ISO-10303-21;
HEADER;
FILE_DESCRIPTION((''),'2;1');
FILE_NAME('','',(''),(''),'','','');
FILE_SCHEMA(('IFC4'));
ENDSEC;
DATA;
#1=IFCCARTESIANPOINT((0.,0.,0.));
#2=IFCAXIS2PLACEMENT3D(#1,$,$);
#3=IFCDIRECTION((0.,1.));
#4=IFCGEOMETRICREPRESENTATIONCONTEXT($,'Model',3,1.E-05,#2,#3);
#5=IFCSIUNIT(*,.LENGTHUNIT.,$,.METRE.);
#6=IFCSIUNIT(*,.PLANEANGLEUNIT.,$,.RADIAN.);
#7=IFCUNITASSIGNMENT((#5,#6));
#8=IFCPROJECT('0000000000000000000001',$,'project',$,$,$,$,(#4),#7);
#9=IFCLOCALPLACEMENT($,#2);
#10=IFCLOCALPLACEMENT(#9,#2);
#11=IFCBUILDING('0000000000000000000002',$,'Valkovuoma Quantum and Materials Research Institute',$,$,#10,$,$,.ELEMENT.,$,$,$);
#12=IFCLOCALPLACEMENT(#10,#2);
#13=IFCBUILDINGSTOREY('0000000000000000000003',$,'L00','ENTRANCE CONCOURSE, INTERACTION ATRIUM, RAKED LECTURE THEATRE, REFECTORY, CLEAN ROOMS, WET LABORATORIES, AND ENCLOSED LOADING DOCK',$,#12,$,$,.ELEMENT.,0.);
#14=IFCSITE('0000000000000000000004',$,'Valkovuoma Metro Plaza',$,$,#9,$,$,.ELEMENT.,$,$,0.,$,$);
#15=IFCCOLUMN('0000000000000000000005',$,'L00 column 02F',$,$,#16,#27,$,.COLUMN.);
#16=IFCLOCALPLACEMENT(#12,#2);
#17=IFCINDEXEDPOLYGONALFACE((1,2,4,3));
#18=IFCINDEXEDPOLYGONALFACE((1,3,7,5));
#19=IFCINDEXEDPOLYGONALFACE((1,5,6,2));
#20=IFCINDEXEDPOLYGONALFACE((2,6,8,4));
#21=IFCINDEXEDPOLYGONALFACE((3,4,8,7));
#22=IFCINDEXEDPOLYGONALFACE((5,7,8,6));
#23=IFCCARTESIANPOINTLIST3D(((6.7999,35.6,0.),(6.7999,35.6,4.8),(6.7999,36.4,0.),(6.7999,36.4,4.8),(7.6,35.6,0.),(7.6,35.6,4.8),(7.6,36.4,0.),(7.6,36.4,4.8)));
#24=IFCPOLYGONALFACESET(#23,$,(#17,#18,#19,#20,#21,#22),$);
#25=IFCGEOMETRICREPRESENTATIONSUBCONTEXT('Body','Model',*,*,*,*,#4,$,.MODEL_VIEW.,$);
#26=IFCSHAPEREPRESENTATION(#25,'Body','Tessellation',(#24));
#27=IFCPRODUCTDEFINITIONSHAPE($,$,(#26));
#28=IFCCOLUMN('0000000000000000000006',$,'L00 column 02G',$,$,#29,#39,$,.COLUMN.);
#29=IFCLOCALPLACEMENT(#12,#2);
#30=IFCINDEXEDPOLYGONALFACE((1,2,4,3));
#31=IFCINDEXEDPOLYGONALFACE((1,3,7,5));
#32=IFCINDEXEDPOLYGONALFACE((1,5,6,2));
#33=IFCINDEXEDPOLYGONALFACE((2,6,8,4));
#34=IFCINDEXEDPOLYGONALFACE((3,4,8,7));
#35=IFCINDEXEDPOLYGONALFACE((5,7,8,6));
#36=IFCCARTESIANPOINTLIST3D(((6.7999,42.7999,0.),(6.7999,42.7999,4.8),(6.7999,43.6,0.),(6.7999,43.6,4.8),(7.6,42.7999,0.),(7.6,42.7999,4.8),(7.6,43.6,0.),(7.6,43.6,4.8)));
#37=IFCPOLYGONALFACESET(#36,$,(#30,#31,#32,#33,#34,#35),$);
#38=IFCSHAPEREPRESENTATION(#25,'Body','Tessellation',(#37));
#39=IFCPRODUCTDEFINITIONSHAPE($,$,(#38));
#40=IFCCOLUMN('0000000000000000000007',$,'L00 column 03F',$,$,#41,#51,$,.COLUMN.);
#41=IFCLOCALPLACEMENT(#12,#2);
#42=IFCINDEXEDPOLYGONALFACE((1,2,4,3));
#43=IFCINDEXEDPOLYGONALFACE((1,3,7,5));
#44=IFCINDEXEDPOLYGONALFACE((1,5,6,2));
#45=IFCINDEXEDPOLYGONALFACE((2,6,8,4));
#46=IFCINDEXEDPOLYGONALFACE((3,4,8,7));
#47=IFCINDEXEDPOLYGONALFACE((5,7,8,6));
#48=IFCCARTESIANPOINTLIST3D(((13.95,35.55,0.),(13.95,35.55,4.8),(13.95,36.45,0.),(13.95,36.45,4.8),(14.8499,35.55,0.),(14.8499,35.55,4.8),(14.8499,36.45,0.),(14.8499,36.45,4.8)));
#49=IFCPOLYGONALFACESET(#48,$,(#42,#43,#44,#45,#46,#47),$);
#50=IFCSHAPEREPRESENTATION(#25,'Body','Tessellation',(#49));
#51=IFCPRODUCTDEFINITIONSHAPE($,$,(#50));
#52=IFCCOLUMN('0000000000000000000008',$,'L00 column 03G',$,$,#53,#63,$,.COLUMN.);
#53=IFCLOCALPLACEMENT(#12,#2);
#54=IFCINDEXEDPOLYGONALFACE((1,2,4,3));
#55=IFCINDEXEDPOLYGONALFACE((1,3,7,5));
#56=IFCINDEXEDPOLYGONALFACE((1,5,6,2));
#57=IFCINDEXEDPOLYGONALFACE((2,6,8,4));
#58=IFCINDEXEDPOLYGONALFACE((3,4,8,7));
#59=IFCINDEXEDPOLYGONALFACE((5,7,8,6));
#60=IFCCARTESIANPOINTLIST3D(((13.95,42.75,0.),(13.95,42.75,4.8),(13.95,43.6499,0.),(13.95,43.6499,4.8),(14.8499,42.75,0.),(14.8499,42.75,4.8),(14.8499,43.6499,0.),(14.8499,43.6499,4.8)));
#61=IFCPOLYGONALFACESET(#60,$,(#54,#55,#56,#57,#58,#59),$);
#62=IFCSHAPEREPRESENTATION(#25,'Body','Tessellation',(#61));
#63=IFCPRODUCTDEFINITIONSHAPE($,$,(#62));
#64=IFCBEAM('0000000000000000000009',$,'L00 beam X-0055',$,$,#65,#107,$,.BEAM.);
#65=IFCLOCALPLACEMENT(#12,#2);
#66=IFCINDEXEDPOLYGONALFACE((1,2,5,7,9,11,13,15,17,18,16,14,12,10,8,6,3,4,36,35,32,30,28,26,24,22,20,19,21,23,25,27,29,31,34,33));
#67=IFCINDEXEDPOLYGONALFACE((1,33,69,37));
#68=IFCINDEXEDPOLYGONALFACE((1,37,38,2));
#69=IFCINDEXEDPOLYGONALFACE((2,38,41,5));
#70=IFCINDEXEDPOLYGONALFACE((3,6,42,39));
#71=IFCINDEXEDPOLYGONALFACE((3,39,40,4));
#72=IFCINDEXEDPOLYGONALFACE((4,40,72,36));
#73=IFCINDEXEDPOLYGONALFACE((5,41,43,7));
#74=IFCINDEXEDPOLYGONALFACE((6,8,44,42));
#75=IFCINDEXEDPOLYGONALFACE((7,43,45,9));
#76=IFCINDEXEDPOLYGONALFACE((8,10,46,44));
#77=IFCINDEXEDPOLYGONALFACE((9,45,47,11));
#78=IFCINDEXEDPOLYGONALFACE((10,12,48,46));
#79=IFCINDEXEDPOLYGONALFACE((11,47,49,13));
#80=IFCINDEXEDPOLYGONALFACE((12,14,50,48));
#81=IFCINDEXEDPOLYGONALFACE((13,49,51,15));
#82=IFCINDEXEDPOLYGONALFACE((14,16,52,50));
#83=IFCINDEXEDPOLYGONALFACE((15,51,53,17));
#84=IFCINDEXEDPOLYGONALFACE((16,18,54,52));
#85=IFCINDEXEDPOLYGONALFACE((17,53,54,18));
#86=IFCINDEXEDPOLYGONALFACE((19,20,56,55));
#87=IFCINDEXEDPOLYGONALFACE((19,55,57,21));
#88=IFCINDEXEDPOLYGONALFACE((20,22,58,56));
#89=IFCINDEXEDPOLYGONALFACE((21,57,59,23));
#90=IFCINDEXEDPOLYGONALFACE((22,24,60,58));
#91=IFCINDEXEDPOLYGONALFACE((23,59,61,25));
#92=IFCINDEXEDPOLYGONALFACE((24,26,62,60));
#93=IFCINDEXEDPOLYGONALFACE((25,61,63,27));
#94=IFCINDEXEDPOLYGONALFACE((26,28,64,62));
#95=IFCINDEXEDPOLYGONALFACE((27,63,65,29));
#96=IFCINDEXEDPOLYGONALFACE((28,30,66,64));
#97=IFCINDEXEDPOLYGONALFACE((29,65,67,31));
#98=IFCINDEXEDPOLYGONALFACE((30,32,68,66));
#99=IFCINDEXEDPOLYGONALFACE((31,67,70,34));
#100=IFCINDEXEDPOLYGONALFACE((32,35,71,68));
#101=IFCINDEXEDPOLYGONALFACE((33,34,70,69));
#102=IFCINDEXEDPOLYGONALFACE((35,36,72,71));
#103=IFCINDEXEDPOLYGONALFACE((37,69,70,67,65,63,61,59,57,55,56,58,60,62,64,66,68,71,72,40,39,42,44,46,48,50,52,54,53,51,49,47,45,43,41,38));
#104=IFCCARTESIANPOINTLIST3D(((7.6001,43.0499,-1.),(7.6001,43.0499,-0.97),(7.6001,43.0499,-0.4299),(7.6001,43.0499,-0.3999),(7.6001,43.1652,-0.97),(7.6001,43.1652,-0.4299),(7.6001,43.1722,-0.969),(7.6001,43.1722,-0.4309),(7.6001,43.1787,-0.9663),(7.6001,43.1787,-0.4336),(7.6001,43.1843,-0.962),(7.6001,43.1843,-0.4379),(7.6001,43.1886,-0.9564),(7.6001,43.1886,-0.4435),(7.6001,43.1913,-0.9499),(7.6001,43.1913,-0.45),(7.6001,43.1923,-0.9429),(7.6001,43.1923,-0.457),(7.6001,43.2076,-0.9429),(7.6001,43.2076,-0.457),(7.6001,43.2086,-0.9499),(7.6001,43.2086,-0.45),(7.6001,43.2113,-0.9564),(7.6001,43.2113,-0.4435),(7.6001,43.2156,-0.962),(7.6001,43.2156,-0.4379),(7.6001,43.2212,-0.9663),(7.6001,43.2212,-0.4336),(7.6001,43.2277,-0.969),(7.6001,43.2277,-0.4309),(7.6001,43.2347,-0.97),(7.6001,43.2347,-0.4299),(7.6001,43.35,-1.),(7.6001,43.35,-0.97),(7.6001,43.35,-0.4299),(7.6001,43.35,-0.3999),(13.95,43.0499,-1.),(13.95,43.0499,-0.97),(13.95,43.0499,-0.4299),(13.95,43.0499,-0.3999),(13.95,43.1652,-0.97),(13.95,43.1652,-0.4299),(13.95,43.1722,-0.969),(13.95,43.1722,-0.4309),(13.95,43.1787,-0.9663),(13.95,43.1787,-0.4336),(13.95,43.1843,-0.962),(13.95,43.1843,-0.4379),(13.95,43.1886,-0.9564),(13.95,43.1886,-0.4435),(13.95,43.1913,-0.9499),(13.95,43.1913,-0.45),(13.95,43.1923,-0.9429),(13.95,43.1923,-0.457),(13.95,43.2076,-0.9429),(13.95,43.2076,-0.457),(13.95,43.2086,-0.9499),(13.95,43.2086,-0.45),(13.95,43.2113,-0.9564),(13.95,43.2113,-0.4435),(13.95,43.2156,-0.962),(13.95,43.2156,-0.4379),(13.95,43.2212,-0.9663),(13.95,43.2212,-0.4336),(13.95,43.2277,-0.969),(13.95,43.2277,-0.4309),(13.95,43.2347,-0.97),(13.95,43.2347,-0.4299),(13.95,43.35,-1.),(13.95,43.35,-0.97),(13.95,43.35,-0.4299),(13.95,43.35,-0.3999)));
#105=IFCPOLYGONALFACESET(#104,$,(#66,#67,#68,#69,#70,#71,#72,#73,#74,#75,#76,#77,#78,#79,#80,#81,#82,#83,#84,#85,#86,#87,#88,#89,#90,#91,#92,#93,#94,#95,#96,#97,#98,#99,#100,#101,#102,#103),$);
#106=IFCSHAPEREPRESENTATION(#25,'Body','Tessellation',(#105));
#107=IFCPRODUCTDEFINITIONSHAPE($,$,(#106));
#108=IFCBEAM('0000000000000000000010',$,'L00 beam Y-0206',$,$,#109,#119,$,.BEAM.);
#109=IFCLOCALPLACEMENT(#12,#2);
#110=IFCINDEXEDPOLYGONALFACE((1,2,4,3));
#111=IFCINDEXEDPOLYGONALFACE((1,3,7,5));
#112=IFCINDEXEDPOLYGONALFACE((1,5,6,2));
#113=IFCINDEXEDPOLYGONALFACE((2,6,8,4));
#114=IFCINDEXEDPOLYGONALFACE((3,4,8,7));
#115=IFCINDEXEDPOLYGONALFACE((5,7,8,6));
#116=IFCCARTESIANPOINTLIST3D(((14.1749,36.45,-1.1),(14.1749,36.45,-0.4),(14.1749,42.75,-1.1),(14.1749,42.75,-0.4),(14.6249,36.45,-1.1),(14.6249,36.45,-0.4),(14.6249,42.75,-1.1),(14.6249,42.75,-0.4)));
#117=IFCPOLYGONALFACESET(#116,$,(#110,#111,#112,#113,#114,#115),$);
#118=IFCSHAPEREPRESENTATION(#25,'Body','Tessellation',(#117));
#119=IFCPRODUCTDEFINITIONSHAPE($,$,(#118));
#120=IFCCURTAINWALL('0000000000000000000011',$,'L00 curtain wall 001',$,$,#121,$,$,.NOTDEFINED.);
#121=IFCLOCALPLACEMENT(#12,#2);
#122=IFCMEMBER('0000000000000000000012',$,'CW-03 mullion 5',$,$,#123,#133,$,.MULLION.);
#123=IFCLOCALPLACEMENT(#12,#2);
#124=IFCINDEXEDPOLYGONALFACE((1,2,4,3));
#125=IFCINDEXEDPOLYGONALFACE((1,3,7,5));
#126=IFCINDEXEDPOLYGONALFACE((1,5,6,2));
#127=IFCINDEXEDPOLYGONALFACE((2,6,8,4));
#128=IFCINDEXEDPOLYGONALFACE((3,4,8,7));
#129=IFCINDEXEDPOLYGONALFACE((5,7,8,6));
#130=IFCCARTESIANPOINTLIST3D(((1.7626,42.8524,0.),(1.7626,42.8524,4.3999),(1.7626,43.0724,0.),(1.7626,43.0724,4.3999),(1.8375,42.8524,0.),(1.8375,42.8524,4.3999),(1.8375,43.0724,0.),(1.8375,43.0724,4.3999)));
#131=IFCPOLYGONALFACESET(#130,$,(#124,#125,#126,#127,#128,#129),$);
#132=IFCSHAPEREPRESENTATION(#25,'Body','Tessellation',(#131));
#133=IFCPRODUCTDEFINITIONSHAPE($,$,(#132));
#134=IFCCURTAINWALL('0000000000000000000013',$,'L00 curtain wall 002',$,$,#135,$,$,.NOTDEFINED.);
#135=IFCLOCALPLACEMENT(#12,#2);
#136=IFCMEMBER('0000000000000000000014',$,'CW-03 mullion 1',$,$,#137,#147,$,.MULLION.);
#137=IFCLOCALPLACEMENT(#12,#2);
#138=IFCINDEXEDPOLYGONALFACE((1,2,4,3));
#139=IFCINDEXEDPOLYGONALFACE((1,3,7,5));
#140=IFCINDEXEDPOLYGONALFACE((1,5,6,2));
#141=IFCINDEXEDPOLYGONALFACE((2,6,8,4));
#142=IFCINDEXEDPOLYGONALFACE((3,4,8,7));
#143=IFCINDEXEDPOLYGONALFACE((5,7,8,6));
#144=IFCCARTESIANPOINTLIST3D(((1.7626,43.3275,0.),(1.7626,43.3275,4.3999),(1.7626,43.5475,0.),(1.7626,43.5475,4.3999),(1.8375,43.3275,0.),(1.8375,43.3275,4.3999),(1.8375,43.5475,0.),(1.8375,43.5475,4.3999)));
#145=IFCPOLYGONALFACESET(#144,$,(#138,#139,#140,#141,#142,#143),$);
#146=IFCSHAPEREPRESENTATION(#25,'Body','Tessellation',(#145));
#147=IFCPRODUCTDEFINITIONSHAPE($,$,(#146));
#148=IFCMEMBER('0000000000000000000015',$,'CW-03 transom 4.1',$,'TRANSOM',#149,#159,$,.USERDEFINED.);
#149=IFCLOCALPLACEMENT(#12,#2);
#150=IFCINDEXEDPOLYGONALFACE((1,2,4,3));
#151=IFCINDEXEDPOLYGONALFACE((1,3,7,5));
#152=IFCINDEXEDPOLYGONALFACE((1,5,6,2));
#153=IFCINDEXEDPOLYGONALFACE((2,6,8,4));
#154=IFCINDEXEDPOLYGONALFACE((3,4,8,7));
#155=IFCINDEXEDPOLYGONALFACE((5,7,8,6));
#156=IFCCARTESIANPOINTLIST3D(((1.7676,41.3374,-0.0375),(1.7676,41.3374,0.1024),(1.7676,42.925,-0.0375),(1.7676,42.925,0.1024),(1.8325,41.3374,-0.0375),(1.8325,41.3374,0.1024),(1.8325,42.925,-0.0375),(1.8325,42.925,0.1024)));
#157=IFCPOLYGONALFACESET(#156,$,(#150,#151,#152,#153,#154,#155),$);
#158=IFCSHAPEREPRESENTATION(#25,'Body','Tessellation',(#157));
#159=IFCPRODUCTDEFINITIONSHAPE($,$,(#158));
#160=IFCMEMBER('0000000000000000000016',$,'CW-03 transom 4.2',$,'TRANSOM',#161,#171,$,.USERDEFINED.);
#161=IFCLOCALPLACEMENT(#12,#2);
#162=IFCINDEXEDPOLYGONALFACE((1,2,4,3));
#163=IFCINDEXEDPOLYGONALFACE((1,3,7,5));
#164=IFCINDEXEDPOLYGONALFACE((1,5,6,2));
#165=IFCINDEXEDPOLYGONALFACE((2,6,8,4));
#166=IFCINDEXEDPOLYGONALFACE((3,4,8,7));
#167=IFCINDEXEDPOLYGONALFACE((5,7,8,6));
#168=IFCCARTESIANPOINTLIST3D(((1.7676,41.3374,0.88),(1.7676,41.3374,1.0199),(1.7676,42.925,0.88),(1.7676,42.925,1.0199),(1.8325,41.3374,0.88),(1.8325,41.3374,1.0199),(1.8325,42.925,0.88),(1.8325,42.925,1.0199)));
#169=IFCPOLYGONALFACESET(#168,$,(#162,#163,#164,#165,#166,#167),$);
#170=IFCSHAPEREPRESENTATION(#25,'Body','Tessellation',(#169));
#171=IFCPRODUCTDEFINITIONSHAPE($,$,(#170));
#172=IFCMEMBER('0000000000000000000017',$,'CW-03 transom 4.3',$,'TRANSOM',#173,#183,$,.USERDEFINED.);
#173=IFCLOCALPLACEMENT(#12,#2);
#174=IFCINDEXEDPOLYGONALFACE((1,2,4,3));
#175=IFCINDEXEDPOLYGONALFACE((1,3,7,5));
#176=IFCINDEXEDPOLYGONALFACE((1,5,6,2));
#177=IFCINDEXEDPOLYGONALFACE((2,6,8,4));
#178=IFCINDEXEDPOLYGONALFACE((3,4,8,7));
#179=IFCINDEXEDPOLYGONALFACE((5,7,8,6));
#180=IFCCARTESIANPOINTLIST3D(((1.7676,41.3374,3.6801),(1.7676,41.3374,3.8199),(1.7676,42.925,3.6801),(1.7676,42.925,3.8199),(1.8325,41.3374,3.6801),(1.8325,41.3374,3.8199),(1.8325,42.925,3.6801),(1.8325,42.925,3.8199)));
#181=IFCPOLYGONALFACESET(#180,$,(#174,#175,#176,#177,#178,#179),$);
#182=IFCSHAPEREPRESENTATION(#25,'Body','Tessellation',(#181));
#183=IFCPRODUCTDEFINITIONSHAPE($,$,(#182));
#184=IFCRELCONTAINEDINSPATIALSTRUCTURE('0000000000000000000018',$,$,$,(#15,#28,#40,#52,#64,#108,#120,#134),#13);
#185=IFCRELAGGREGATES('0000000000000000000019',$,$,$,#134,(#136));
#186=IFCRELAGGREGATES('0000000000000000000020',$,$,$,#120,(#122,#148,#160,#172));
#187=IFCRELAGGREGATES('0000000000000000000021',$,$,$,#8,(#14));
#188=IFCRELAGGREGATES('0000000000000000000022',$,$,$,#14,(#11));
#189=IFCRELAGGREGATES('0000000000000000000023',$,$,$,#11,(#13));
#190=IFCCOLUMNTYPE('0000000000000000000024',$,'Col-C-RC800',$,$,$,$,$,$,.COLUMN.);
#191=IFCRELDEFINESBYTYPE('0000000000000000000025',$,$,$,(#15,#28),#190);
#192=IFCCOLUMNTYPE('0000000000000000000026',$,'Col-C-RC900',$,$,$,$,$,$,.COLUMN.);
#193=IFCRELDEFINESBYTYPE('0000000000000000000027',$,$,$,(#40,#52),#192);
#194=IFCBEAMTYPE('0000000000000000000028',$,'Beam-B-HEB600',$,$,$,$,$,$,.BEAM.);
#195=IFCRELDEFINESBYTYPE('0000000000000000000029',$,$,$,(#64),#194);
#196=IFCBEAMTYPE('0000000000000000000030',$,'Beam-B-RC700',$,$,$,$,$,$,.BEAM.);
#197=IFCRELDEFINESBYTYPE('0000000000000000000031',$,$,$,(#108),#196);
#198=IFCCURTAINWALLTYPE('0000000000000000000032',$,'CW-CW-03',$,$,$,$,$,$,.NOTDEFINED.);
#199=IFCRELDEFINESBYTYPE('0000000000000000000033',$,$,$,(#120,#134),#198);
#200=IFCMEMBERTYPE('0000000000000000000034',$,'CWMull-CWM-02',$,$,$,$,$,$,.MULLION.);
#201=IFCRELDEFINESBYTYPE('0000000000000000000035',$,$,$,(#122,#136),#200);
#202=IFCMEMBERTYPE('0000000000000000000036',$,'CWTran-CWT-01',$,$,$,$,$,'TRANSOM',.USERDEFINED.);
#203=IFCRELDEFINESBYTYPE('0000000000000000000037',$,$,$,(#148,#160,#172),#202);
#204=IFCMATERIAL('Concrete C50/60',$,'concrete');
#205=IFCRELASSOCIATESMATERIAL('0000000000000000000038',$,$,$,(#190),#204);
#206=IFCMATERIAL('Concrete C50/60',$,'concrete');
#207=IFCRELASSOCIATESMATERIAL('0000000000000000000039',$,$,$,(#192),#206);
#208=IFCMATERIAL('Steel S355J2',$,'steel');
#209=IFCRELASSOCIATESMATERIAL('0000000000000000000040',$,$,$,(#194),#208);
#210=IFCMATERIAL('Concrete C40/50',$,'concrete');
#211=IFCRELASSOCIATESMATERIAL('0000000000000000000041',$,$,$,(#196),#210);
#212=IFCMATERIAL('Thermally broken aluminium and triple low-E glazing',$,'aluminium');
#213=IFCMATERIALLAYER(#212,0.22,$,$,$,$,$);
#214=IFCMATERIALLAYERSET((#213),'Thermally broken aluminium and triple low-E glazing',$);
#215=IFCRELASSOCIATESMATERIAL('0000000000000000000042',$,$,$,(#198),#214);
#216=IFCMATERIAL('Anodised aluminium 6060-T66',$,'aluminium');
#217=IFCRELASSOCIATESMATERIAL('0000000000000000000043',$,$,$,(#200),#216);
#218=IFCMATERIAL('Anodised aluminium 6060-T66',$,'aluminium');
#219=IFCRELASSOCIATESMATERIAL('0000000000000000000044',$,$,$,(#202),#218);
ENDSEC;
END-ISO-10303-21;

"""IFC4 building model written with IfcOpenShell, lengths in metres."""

from ifc_helpers import new_model, si_unit, direction, frame, origin, origin_2d, place, context, subcontext, project, spatial, rectangle, i_section, extrude, material, layer, layer_set, material_profile, profile_set, type_object, element, aggregate, save


model = new_model("IFC4")

# Units and contexts
model_context = context("Model", 3, precision=1e-05, world=origin(), true_north=direction((0.0, 1.0)))
body_context = subcontext(model_context, "Body", "Model", "MODEL_VIEW")
ifc_project = project(units=[si_unit("LENGTHUNIT", "METRE"), si_unit("PLANEANGLEUNIT", "RADIAN")], contexts=[model_context])

# Site, building, storey
site_placement = place(None, origin())
site = spatial("IfcSite", under=ifc_project, at=site_placement, Name="Valkovuoma Metro Plaza", CompositionType="ELEMENT", RefElevation=0.0)
building_placement = place(site_placement, origin())
building = spatial("IfcBuilding", under=site, at=building_placement, Name="Valkovuoma Quantum and Materials Research Institute", CompositionType="ELEMENT")
storey_placement = place(building_placement, origin())
storey = spatial("IfcBuildingStorey", under=building, at=storey_placement, Name="L00", Description="ENTRANCE CONCOURSE, INTERACTION ATRIUM, RAKED LECTURE THEATRE, REFECTORY, CLEAN ROOMS, WET LABORATORIES, AND ENCLOSED LOADING DOCK", CompositionType="ELEMENT", Elevation=0.0)

# Columns
ifc_material_1 = material(Name="Concrete C50/60", Category="concrete")
ifc_material_profile_1 = material_profile(ifc_material_1, rectangle(XDim=0.8, YDim=0.8, at=origin_2d()), Name="Concrete C50/60")
ifc_profile_set_1 = profile_set([ifc_material_profile_1], Name="Concrete C50/60")
column_type_1 = type_object("IfcColumnType", Name="Col-C-RC800", PredefinedType="COLUMN", material=ifc_profile_set_1)
for number, where, z_axis, x_axis, name in (
    (1, (7.2, 36.0, 0.0), (0.0, 0.0, 1.0), (1.0, 0.0, 0.0), "L00 column 02F"),
    (2, (7.2, 43.2, 0.0), (0.0, 0.0, 1.0), (1.0, 0.0, 0.0), "L00 column 02G"),
):
    element("IfcColumn", number, at=place(storey_placement, frame(where, z_axis=z_axis, x_axis=x_axis)), inside=storey, type_object=column_type_1, Name=name, PredefinedType="COLUMN", context=body_context, shape_type="SweptSolid", body=[
        extrude(rectangle(XDim=0.8, YDim=0.8, at=origin_2d()), origin(), (0.0, 0.0, 1.0), 4.8),
    ])
ifc_material_2 = material(Name="Concrete C50/60", Category="concrete")
ifc_material_profile_2 = material_profile(ifc_material_2, rectangle(XDim=0.8999, YDim=0.8999, at=origin_2d()), Name="Concrete C50/60")
ifc_profile_set_2 = profile_set([ifc_material_profile_2], Name="Concrete C50/60")
column_type_2 = type_object("IfcColumnType", Name="Col-C-RC900", PredefinedType="COLUMN", material=ifc_profile_set_2)
for number, where, z_axis, x_axis, name in (
    (3, (14.3999, 36.0, 0.0), (0.0, 0.0, 1.0), (1.0, 0.0, 0.0), "L00 column 03F"),
    (4, (14.3999, 43.2, 0.0), (0.0, 0.0, 1.0), (1.0, 0.0, 0.0), "L00 column 03G"),
):
    element("IfcColumn", number, at=place(storey_placement, frame(where, z_axis=z_axis, x_axis=x_axis)), inside=storey, type_object=column_type_2, Name=name, PredefinedType="COLUMN", context=body_context, shape_type="SweptSolid", body=[
        extrude(rectangle(XDim=0.8999, YDim=0.8999, at=origin_2d()), origin(), (0.0, 0.0, 1.0), 4.8),
    ])

# Beams
ifc_material_3 = material(Name="Steel S355J2", Category="steel")
ifc_material_profile_3 = material_profile(ifc_material_3, i_section(OverallWidth=0.3, OverallDepth=0.6001, WebThickness=0.0154, FlangeThickness=0.03, FilletRadius=0.0271, at=origin_2d()), Name="Steel S355J2")
ifc_profile_set_3 = profile_set([ifc_material_profile_3], Name="Steel S355J2")
beam_type_1 = type_object("IfcBeamType", Name="Beam-B-HEB600", PredefinedType="BEAM", material=ifc_profile_set_3)
beam_1_placement = place(storey_placement, frame((7.6001, 43.2, -0.7), z_axis=(1.0, 0.0, 0.0), x_axis=(0.0, 1.0, 0.0)))
element("IfcBeam", 5, at=beam_1_placement, inside=storey, type_object=beam_type_1, Name="L00 beam X-0055", PredefinedType="BEAM", context=body_context, shape_type="SweptSolid", body=[
    extrude(i_section(OverallWidth=0.3, OverallDepth=0.6001, WebThickness=0.0154, FlangeThickness=0.03, FilletRadius=0.0271, at=origin_2d()), origin(), (0.0, 0.0, 1.0), 6.3499),
])
ifc_material_4 = material(Name="Concrete C40/50", Category="concrete")
ifc_material_profile_4 = material_profile(ifc_material_4, rectangle(XDim=0.45, YDim=0.7, at=origin_2d()), Name="Concrete C40/50")
ifc_profile_set_4 = profile_set([ifc_material_profile_4], Name="Concrete C40/50")
beam_type_2 = type_object("IfcBeamType", Name="Beam-B-RC700", PredefinedType="BEAM", material=ifc_profile_set_4)
beam_2_placement = place(storey_placement, frame((14.3999, 36.45, -0.75), z_axis=(0.0, 1.0, 0.0), x_axis=(-1.0, 0.0, 0.0)))
element("IfcBeam", 6, at=beam_2_placement, inside=storey, type_object=beam_type_2, Name="L00 beam Y-0206", PredefinedType="BEAM", context=body_context, shape_type="SweptSolid", body=[
    extrude(rectangle(XDim=0.45, YDim=0.7, at=origin_2d()), origin(), (0.0, 0.0, 1.0), 6.3),
])

# Curtain walls, members
ifc_material_5 = material(Name="Thermally broken aluminium and triple low-E glazing", Category="aluminium")
ifc_layer_1 = layer(ifc_material_5, 0.22)
ifc_layer_set_1 = layer_set([ifc_layer_1], Name="Thermally broken aluminium and triple low-E glazing")
curtain_wall_type = type_object("IfcCurtainWallType", Name="CW-CW-03", PredefinedType="NOTDEFINED", material=ifc_layer_set_1)
curtain_wall_1_placement = place(storey_placement, origin())
curtain_wall_1 = element("IfcCurtainWall", 7, at=curtain_wall_1_placement, inside=storey, type_object=curtain_wall_type, Name="L00 curtain wall 001", PredefinedType="NOTDEFINED")
ifc_material_6 = material(Name="Anodised aluminium 6060-T66", Category="aluminium")
ifc_material_profile_5 = material_profile(ifc_material_6, rectangle(XDim=0.075, YDim=0.22, at=origin_2d()), Name="Anodised aluminium 6060-T66")
ifc_profile_set_5 = profile_set([ifc_material_profile_5], Name="Anodised aluminium 6060-T66")
member_type_1 = type_object("IfcMemberType", Name="CWMull-CWM-02", PredefinedType="MULLION", material=ifc_profile_set_5)
member_1_placement = place(storey_placement, frame((1.8, 42.9624, 0.0), z_axis=(0.0, 0.0, 1.0), x_axis=(-1.0, 0.0, 0.0)))
member_1 = element("IfcMember", 8, at=member_1_placement, type_object=member_type_1, Name="CW-03 mullion 5", PredefinedType="MULLION", context=body_context, shape_type="SweptSolid", body=[
    extrude(rectangle(XDim=0.075, YDim=0.22, at=origin_2d()), origin(), (0.0, 0.0, 1.0), 4.3999),
])
curtain_wall_2_placement = place(storey_placement, origin())
curtain_wall_2 = element("IfcCurtainWall", 9, at=curtain_wall_2_placement, inside=storey, type_object=curtain_wall_type, Name="L00 curtain wall 002", PredefinedType="NOTDEFINED")
member_2_placement = place(storey_placement, frame((1.8, 43.4375, 0.0), z_axis=(0.0, 0.0, 1.0), x_axis=(-1.0, 0.0, 0.0)))
member_2 = element("IfcMember", 10, at=member_2_placement, type_object=member_type_1, Name="CW-03 mullion 1", PredefinedType="MULLION", context=body_context, shape_type="SweptSolid", body=[
    extrude(rectangle(XDim=0.075, YDim=0.22, at=origin_2d()), origin(), (0.0, 0.0, 1.0), 4.3999),
])

# Members
ifc_material_7 = material(Name="Anodised aluminium 6060-T66", Category="aluminium")
ifc_material_profile_6 = material_profile(ifc_material_7, rectangle(XDim=0.0649, YDim=0.1399, at=origin_2d()), Name="Anodised aluminium 6060-T66")
ifc_profile_set_6 = profile_set([ifc_material_profile_6], Name="Anodised aluminium 6060-T66")
member_type_2 = type_object("IfcMemberType", Name="CWTran-CWT-01", ElementType="TRANSOM", PredefinedType="USERDEFINED", material=ifc_profile_set_6)
member_3_placement = place(storey_placement, frame((1.8, 41.3374, 0.0325), z_axis=(0.0, 1.0, 0.0), x_axis=(-1.0, 0.0, 0.0)))
member_3 = element("IfcMember", 11, at=member_3_placement, type_object=member_type_2, Name="CW-03 transom 4.1", ObjectType="TRANSOM", PredefinedType="USERDEFINED", context=body_context, shape_type="SweptSolid", body=[
    extrude(rectangle(XDim=0.0649, YDim=0.1399, at=origin_2d()), origin(), (0.0, 0.0, 1.0), 1.5876),
])
member_4_placement = place(storey_placement, frame((1.8, 41.3374, 0.95), z_axis=(0.0, 1.0, 0.0), x_axis=(-1.0, 0.0, 0.0)))
member_4 = element("IfcMember", 12, at=member_4_placement, type_object=member_type_2, Name="CW-03 transom 4.2", ObjectType="TRANSOM", PredefinedType="USERDEFINED", context=body_context, shape_type="SweptSolid", body=[
    extrude(rectangle(XDim=0.0649, YDim=0.1399, at=origin_2d()), origin(), (0.0, 0.0, 1.0), 1.5876),
])
member_5_placement = place(storey_placement, frame((1.8, 41.3374, 3.75), z_axis=(0.0, 1.0, 0.0), x_axis=(-1.0, 0.0, 0.0)))
member_5 = element("IfcMember", 13, at=member_5_placement, type_object=member_type_2, Name="CW-03 transom 4.3", ObjectType="TRANSOM", PredefinedType="USERDEFINED", context=body_context, shape_type="SweptSolid", body=[
    extrude(rectangle(XDim=0.0649, YDim=0.1399, at=origin_2d()), origin(), (0.0, 0.0, 1.0), 1.5876),
])
aggregate(curtain_wall_2, [member_2])

aggregate(curtain_wall_1, [member_1, member_3, member_4, member_5])

save(model, "model.ifc")
